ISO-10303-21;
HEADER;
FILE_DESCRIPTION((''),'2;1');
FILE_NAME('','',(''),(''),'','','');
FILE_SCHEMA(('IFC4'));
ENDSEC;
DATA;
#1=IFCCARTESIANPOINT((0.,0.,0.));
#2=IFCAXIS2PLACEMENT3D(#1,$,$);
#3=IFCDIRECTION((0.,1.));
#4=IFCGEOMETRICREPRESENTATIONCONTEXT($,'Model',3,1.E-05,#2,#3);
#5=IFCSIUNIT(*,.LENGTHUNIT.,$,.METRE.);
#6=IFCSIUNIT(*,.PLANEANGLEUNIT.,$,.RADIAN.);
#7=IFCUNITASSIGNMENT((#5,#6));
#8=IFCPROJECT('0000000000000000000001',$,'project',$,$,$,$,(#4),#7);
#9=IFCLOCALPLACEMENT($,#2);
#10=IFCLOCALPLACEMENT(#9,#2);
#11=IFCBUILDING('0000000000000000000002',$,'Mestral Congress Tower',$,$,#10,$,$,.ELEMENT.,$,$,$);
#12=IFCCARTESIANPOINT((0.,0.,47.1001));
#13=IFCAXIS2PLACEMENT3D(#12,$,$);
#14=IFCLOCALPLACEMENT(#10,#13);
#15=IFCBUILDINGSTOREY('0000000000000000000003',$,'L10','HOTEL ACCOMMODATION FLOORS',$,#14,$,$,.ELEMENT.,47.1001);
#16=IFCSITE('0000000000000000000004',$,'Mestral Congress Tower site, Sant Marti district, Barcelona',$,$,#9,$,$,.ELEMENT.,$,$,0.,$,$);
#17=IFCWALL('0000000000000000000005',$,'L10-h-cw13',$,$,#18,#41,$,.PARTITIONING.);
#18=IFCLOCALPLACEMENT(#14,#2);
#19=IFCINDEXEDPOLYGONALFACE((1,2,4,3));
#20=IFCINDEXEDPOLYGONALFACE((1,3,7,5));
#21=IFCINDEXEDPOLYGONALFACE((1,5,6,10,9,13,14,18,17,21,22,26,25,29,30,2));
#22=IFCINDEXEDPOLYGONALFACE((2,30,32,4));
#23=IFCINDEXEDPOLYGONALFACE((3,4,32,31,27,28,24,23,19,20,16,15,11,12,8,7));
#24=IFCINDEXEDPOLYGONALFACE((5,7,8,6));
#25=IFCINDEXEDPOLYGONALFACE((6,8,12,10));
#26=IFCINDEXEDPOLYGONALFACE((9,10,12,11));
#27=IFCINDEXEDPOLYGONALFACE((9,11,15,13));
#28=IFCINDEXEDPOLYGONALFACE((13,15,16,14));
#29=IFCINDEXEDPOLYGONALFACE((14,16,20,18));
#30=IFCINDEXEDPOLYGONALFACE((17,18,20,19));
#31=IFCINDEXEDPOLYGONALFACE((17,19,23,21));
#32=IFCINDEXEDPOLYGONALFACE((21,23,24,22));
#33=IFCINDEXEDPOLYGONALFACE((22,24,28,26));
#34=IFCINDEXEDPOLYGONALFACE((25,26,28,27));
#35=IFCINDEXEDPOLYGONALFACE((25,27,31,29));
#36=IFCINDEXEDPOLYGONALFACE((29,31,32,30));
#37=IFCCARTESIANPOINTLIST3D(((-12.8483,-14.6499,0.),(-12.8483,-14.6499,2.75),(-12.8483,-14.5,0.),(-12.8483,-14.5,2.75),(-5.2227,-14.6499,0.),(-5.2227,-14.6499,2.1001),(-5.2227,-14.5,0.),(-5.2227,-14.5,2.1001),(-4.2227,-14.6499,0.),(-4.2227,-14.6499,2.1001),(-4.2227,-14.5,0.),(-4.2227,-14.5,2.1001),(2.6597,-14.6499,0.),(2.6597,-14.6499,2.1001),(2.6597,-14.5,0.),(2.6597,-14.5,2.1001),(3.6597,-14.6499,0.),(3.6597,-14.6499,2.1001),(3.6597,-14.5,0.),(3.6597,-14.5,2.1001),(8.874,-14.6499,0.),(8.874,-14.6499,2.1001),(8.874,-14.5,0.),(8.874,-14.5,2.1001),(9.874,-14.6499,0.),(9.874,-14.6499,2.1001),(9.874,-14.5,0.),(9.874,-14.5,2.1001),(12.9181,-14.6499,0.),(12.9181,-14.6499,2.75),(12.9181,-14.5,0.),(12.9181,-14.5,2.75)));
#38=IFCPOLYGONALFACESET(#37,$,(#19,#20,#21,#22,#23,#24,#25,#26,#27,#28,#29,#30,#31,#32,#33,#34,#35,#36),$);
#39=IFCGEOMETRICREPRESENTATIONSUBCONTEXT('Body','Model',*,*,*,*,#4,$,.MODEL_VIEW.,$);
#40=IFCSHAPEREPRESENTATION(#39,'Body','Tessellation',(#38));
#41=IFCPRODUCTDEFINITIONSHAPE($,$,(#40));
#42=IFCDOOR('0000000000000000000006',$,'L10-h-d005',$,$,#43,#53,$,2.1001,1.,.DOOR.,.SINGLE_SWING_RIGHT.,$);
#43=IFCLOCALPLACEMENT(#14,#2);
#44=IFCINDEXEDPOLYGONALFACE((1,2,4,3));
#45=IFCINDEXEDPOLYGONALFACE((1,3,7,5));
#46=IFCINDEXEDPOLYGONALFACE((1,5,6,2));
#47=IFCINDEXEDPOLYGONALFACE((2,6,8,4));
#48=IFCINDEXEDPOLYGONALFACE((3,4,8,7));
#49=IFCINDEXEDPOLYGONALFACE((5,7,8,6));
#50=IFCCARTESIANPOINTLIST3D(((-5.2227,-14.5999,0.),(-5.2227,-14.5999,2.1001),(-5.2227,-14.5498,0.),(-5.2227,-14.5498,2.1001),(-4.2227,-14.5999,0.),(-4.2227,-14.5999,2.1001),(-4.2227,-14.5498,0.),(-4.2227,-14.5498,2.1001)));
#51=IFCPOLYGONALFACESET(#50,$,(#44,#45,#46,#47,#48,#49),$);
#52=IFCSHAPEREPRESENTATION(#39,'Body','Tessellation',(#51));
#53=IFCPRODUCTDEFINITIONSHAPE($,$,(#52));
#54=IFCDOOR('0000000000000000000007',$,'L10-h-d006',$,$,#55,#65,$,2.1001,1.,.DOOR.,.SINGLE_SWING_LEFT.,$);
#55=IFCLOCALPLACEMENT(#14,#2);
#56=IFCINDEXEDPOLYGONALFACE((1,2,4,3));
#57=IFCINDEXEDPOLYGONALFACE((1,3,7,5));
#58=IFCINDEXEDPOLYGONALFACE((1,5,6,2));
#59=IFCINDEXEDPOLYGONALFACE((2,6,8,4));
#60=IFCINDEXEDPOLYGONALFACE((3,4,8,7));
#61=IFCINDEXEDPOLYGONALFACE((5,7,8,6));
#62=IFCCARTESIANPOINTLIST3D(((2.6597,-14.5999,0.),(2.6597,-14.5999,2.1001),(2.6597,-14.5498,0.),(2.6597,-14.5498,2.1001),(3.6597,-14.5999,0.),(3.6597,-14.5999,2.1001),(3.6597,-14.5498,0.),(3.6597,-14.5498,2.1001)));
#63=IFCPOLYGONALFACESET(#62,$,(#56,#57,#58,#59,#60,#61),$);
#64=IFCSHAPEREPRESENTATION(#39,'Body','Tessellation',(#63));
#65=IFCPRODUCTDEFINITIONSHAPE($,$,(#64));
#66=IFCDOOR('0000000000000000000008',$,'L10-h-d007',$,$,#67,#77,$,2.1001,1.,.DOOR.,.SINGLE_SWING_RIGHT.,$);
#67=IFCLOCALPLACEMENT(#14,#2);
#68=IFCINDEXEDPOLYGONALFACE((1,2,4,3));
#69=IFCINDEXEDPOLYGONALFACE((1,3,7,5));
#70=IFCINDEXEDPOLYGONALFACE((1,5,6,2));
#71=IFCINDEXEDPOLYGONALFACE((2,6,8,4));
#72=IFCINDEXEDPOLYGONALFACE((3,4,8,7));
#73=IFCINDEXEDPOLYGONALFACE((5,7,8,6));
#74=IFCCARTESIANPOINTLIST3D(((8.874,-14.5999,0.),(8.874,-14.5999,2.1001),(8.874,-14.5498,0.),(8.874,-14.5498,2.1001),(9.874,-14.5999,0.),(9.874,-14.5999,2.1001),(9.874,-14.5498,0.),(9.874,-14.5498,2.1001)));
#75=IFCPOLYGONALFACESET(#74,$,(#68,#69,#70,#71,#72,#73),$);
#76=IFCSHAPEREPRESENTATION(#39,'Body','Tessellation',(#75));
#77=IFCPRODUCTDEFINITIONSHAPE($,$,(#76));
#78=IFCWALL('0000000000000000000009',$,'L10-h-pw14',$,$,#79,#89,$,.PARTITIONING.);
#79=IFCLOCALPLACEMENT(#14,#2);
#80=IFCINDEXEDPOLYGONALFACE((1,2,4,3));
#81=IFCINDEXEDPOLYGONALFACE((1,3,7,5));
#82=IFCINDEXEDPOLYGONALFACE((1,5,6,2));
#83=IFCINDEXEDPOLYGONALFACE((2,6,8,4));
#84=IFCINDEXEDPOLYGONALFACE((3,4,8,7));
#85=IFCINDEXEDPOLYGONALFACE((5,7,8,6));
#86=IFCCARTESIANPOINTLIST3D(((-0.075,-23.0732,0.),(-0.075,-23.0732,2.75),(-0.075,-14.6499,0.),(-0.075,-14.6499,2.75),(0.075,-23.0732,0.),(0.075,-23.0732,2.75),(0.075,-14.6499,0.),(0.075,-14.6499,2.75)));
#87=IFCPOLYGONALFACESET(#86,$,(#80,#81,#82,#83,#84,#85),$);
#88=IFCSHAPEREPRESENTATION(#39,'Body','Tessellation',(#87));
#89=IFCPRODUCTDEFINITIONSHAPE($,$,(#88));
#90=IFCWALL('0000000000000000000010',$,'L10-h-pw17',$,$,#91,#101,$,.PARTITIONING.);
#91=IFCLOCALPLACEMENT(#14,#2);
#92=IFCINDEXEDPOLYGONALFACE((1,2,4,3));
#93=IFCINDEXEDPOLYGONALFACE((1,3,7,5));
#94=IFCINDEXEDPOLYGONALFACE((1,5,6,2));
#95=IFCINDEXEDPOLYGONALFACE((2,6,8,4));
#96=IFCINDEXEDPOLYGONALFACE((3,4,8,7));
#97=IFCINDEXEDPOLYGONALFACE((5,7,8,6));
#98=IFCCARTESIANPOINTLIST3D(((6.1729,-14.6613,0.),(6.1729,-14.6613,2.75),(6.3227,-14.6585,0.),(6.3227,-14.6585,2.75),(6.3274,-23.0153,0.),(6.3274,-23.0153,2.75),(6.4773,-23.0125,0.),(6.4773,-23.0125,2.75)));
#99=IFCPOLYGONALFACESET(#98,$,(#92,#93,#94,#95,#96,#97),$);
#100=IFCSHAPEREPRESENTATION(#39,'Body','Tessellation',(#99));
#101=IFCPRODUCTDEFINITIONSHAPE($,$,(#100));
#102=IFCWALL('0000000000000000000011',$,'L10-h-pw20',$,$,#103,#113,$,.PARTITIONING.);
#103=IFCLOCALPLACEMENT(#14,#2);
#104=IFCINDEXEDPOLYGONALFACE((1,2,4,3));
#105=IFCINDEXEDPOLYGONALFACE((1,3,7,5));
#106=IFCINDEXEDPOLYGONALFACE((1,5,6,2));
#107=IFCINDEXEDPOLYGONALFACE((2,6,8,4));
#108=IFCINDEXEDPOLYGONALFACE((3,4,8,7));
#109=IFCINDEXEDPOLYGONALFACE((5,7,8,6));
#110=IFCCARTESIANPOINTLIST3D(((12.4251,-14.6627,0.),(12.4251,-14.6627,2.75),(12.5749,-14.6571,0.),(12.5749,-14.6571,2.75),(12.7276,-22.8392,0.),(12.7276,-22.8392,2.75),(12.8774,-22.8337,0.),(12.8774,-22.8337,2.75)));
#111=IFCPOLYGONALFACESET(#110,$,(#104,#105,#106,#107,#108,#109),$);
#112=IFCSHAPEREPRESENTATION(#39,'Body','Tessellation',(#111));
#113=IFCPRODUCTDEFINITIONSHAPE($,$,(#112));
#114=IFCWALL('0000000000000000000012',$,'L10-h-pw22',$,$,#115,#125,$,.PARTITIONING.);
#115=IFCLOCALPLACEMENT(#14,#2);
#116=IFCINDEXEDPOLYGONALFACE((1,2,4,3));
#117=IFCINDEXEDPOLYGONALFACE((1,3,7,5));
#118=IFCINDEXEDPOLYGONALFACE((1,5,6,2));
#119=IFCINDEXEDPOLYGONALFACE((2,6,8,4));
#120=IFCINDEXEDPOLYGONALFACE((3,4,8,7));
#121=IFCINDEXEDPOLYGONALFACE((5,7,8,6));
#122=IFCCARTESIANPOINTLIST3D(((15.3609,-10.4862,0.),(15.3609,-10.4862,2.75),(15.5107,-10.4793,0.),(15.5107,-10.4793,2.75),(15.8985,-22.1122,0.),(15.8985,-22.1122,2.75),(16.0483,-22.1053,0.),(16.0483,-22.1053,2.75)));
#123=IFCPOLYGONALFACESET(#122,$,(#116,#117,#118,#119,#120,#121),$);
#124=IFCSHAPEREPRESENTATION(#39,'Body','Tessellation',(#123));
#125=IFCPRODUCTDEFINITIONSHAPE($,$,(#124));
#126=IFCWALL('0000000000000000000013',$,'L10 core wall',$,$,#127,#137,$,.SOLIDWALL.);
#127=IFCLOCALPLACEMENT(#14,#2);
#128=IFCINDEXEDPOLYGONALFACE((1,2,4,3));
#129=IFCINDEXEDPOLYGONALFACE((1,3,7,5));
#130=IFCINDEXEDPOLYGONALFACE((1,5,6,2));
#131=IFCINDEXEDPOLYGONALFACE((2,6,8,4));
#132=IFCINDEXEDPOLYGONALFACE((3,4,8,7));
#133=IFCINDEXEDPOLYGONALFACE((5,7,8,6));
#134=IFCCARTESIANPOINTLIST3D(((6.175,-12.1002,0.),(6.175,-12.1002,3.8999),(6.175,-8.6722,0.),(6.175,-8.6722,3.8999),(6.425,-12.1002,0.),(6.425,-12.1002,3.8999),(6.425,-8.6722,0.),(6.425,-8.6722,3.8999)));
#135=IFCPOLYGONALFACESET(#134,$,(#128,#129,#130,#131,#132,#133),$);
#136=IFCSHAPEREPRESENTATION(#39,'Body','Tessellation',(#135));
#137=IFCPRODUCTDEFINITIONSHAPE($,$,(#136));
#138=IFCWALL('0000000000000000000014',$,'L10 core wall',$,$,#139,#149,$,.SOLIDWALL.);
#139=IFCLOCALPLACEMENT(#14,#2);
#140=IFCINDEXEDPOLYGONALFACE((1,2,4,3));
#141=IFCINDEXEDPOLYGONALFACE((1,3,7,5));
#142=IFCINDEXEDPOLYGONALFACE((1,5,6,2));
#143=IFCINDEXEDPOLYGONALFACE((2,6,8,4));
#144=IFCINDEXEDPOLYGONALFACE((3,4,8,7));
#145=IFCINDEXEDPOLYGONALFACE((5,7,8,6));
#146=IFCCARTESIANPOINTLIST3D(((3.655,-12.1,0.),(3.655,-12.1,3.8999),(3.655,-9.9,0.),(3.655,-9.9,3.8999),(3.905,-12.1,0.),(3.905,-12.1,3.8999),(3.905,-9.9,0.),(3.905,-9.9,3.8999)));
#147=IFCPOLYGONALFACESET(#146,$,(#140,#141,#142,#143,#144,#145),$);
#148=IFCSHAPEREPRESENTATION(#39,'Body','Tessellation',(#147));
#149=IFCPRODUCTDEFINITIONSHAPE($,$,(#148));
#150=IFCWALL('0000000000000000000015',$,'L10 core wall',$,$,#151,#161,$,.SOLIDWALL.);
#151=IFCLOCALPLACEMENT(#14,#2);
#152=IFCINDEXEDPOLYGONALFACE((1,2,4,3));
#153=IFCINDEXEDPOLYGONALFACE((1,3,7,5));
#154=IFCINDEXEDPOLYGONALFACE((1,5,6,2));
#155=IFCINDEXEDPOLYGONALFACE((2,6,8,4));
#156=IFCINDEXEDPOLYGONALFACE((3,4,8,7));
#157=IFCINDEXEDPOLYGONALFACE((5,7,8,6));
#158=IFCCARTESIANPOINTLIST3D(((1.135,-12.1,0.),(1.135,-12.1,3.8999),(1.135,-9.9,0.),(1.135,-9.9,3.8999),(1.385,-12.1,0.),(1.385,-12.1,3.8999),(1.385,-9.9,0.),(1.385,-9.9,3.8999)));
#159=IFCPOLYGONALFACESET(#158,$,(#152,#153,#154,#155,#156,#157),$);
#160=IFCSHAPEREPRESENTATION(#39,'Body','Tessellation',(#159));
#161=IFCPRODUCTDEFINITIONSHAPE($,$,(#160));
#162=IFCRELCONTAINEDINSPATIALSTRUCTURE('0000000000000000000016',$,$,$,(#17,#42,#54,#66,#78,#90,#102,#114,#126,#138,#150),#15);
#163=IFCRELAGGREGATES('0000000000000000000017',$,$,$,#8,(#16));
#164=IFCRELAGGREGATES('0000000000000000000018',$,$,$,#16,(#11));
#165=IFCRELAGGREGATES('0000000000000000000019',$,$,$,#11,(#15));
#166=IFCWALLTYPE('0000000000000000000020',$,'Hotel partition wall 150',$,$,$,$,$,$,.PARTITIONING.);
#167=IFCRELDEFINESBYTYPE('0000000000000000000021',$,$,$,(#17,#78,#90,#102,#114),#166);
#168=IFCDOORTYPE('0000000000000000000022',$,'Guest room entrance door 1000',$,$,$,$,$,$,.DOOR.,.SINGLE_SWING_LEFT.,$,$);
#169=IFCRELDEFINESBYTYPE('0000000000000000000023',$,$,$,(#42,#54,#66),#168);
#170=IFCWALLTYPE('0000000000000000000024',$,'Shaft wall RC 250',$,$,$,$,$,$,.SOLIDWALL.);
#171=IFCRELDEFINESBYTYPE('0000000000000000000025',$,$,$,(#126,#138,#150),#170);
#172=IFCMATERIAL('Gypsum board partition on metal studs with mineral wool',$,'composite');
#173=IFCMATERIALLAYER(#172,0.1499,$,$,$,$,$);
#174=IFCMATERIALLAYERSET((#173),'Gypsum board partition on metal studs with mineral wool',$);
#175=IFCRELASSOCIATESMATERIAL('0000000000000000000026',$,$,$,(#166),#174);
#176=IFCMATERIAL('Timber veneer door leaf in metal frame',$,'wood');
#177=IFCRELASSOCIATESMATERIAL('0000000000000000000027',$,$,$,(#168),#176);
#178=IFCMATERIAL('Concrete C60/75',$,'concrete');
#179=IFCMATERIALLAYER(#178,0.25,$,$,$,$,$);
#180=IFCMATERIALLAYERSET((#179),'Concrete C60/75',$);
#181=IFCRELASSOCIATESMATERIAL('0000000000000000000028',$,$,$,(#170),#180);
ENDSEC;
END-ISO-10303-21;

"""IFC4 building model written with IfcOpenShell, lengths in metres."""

from ifc_helpers import new_model, si_unit, direction, frame, frame_2d, origin, place, context, subcontext, project, spatial, rectangle, extrude, material, layer, layer_set, type_object, element, fill, save


model = new_model("IFC4")

# Units and contexts
model_context = context("Model", 3, precision=1e-05, world=origin(), true_north=direction((0.0, 1.0)))
body_context = subcontext(model_context, "Body", "Model", "MODEL_VIEW")
ifc_project = project(units=[si_unit("LENGTHUNIT", "METRE"), si_unit("PLANEANGLEUNIT", "RADIAN")], contexts=[model_context])

# Site, building, storey
site_placement = place(None, origin())
site = spatial("IfcSite", under=ifc_project, at=site_placement, Name="Mestral Congress Tower site, Sant Marti district, Barcelona", CompositionType="ELEMENT", RefElevation=0.0)
building_placement = place(site_placement, origin())
building = spatial("IfcBuilding", under=site, at=building_placement, Name="Mestral Congress Tower", CompositionType="ELEMENT")
storey_placement = place(building_placement, frame((0.0, 0.0, 47.1001)))
storey = spatial("IfcBuildingStorey", under=building, at=storey_placement, Name="L10", Description="HOTEL ACCOMMODATION FLOORS", CompositionType="ELEMENT", Elevation=47.1001)

# Shared definitions
ifc_material_1 = material(Name="Concrete C60/75", Category="concrete")

# Wall, openings, doors
ifc_material_2 = material(Name="Gypsum board partition on metal studs with mineral wool", Category="composite")
ifc_layer_1 = layer(ifc_material_2, 0.1499)
ifc_layer_set_1 = layer_set([ifc_layer_1], Name="Gypsum board partition on metal studs with mineral wool")
wall_type_1 = type_object("IfcWallType", Name="Hotel partition wall 150", PredefinedType="PARTITIONING", material=ifc_layer_set_1)
wall_1_placement = place(storey_placement, frame((12.9182, -14.575, 0.0), z_axis=(0.0, 0.0, 1.0), x_axis=(-1.0, 0.0, 0.0)))
wall_1 = element("IfcWall", 1, at=wall_1_placement, inside=storey, type_object=wall_type_1, Name="L10-h-cw13", PredefinedType="PARTITIONING", context=body_context, shape_type="SweptSolid", body=[
    extrude(rectangle(XDim=25.7664, YDim=0.1499, at=frame_2d((12.8833, 0.0))), origin(), (0.0, 0.0, 1.0), 2.75),
])
opening_1_placement = place(wall_1_placement, frame((17.1409, 0.0, 0.0)))
opening_1 = element("IfcOpeningElement", 2, at=opening_1_placement, cuts=wall_1, PredefinedType="OPENING", context=body_context, shape_type="SweptSolid", body=[
    extrude(rectangle(XDim=1.0, YDim=2.1001, at=frame_2d((0.5, 1.05))), frame((0.0, 0.085, 0.0), z_axis=(0.0, -1.0, 0.0), x_axis=(1.0, 0.0, 0.0)), (0.0, 0.0, 1.0), 0.1699),
])
opening_2_placement = place(wall_1_placement, frame((9.2585, 0.0, 0.0)))
opening_2 = element("IfcOpeningElement", 3, at=opening_2_placement, cuts=wall_1, PredefinedType="OPENING", context=body_context, shape_type="SweptSolid", body=[
    extrude(rectangle(XDim=1.0, YDim=2.1001, at=frame_2d((0.5, 1.05))), frame((0.0, 0.085, 0.0), z_axis=(0.0, -1.0, 0.0), x_axis=(1.0, 0.0, 0.0)), (0.0, 0.0, 1.0), 0.1699),
])
opening_3_placement = place(wall_1_placement, frame((3.0442, 0.0, 0.0)))
opening_3 = element("IfcOpeningElement", 4, at=opening_3_placement, cuts=wall_1, PredefinedType="OPENING", context=body_context, shape_type="SweptSolid", body=[
    extrude(rectangle(XDim=1.0, YDim=2.1001, at=frame_2d((0.5, 1.05))), frame((0.0, 0.085, 0.0), z_axis=(0.0, -1.0, 0.0), x_axis=(1.0, 0.0, 0.0)), (0.0, 0.0, 1.0), 0.1699),
])
ifc_material_3 = material(Name="Timber veneer door leaf in metal frame", Category="wood")
door_type_1 = type_object("IfcDoorType", Name="Guest room entrance door 1000", OperationType="SINGLE_SWING_LEFT", PredefinedType="DOOR", material=ifc_material_3)
door_1_placement = place(opening_1_placement, origin())
door_1 = element("IfcDoor", 5, at=door_1_placement, inside=storey, type_object=door_type_1, Name="L10-h-d005", OperationType="SINGLE_SWING_RIGHT", OverallHeight=2.1001, OverallWidth=1.0, PredefinedType="DOOR", context=body_context, shape_type="SweptSolid", body=[
    extrude(rectangle(XDim=1.0, YDim=2.1001, at=frame_2d((0.5, 1.05))), frame((0.0, 0.0249, 0.0), z_axis=(0.0, -1.0, 0.0), x_axis=(1.0, 0.0, 0.0)), (0.0, 0.0, 1.0), 0.05),
])
fill(opening_1, door_1)
door_2_placement = place(opening_2_placement, origin())
door_2 = element("IfcDoor", 6, at=door_2_placement, inside=storey, type_object=door_type_1, Name="L10-h-d006", OperationType="SINGLE_SWING_LEFT", OverallHeight=2.1001, OverallWidth=1.0, PredefinedType="DOOR", context=body_context, shape_type="SweptSolid", body=[
    extrude(rectangle(XDim=1.0, YDim=2.1001, at=frame_2d((0.5, 1.05))), frame((0.0, 0.0249, 0.0), z_axis=(0.0, -1.0, 0.0), x_axis=(1.0, 0.0, 0.0)), (0.0, 0.0, 1.0), 0.05),
])
fill(opening_2, door_2)
door_3_placement = place(opening_3_placement, origin())
door_3 = element("IfcDoor", 7, at=door_3_placement, inside=storey, type_object=door_type_1, Name="L10-h-d007", OperationType="SINGLE_SWING_RIGHT", OverallHeight=2.1001, OverallWidth=1.0, PredefinedType="DOOR", context=body_context, shape_type="SweptSolid", body=[
    extrude(rectangle(XDim=1.0, YDim=2.1001, at=frame_2d((0.5, 1.05))), frame((0.0, 0.0249, 0.0), z_axis=(0.0, -1.0, 0.0), x_axis=(1.0, 0.0, 0.0)), (0.0, 0.0, 1.0), 0.05),
])
fill(opening_3, door_3)

# Walls
wall_2_placement = place(storey_placement, frame((0.0, -23.0732, 0.0), z_axis=(0.0, 0.0, 1.0), x_axis=(0.0, 1.0, 0.0)))
element("IfcWall", 8, at=wall_2_placement, inside=storey, type_object=wall_type_1, Name="L10-h-pw14", PredefinedType="PARTITIONING", context=body_context, shape_type="SweptSolid", body=[
    extrude(rectangle(XDim=8.4233, YDim=0.1499, at=frame_2d((4.2117, 0.0))), origin(), (0.0, 0.0, 1.0), 2.75),
])
wall_3_placement = place(storey_placement, frame((6.4023, -23.0139, 0.0), z_axis=(0.0, 0.0, 1.0), x_axis=(-0.018496, 0.999829, 0.0)))
element("IfcWall", 9, at=wall_3_placement, inside=storey, type_object=wall_type_1, Name="L10-h-pw17", PredefinedType="PARTITIONING", context=body_context, shape_type="SweptSolid", body=[
    extrude(rectangle(XDim=8.3555, YDim=0.1499, at=frame_2d((4.1777, 0.0))), origin(), (0.0, 0.0, 1.0), 2.75),
])
wall_4_placement = place(storey_placement, frame((12.8025, -22.8364, 0.0), z_axis=(0.0, 0.0, 1.0), x_axis=(-0.03697, 0.999316, 0.0)))
element("IfcWall", 10, at=wall_4_placement, inside=storey, type_object=wall_type_1, Name="L10-h-pw20", PredefinedType="PARTITIONING", context=body_context, shape_type="SweptSolid", body=[
    extrude(rectangle(XDim=8.1821, YDim=0.1499, at=frame_2d((4.0911, 0.0))), origin(), (0.0, 0.0, 1.0), 2.75),
])
wall_5_placement = place(storey_placement, frame((15.9734, -22.1089, 0.0), z_axis=(0.0, 0.0, 1.0), x_axis=(-0.046192, 0.998933, 0.0)))
element("IfcWall", 11, at=wall_5_placement, inside=storey, type_object=wall_type_1, Name="L10-h-pw22", PredefinedType="PARTITIONING", context=body_context, shape_type="SweptSolid", body=[
    extrude(rectangle(XDim=11.6384, YDim=0.1499, at=frame_2d((5.8193, 0.0))), origin(), (0.0, 0.0, 1.0), 2.75),
])
ifc_layer_2 = layer(ifc_material_1, 0.25)
ifc_layer_set_2 = layer_set([ifc_layer_2], Name="Concrete C60/75")
wall_type_2 = type_object("IfcWallType", Name="Shaft wall RC 250", PredefinedType="SOLIDWALL", material=ifc_layer_set_2)
wall_6_placement = place(storey_placement, frame((6.3, -12.1001, 0.0), z_axis=(0.0, 0.0, 1.0), x_axis=(0.0, 1.0, 0.0)))
element("IfcWall", 12, at=wall_6_placement, inside=storey, type_object=wall_type_2, Name="L10 core wall", PredefinedType="SOLIDWALL", context=body_context, shape_type="SweptSolid", body=[
    extrude(rectangle(XDim=3.428, YDim=0.25, at=frame_2d((1.7139, 0.0))), origin(), (0.0, 0.0, 1.0), 3.8999),
])
for number, where, z_axis, x_axis, name in (
    (13, (3.78, -12.1001, 0.0), (0.0, 0.0, 1.0), (0.0, 1.0, 0.0), "L10 core wall"),
    (14, (1.26, -12.1001, 0.0), (0.0, 0.0, 1.0), (0.0, 1.0, 0.0), "L10 core wall"),
):
    element("IfcWall", number, at=place(storey_placement, frame(where, z_axis=z_axis, x_axis=x_axis)), inside=storey, type_object=wall_type_2, Name=name, PredefinedType="SOLIDWALL", context=body_context, shape_type="SweptSolid", body=[
        extrude(rectangle(XDim=2.2, YDim=0.25, at=frame_2d((1.1001, 0.0))), origin(), (0.0, 0.0, 1.0), 3.8999),
    ])

save(model, "model.ifc")
